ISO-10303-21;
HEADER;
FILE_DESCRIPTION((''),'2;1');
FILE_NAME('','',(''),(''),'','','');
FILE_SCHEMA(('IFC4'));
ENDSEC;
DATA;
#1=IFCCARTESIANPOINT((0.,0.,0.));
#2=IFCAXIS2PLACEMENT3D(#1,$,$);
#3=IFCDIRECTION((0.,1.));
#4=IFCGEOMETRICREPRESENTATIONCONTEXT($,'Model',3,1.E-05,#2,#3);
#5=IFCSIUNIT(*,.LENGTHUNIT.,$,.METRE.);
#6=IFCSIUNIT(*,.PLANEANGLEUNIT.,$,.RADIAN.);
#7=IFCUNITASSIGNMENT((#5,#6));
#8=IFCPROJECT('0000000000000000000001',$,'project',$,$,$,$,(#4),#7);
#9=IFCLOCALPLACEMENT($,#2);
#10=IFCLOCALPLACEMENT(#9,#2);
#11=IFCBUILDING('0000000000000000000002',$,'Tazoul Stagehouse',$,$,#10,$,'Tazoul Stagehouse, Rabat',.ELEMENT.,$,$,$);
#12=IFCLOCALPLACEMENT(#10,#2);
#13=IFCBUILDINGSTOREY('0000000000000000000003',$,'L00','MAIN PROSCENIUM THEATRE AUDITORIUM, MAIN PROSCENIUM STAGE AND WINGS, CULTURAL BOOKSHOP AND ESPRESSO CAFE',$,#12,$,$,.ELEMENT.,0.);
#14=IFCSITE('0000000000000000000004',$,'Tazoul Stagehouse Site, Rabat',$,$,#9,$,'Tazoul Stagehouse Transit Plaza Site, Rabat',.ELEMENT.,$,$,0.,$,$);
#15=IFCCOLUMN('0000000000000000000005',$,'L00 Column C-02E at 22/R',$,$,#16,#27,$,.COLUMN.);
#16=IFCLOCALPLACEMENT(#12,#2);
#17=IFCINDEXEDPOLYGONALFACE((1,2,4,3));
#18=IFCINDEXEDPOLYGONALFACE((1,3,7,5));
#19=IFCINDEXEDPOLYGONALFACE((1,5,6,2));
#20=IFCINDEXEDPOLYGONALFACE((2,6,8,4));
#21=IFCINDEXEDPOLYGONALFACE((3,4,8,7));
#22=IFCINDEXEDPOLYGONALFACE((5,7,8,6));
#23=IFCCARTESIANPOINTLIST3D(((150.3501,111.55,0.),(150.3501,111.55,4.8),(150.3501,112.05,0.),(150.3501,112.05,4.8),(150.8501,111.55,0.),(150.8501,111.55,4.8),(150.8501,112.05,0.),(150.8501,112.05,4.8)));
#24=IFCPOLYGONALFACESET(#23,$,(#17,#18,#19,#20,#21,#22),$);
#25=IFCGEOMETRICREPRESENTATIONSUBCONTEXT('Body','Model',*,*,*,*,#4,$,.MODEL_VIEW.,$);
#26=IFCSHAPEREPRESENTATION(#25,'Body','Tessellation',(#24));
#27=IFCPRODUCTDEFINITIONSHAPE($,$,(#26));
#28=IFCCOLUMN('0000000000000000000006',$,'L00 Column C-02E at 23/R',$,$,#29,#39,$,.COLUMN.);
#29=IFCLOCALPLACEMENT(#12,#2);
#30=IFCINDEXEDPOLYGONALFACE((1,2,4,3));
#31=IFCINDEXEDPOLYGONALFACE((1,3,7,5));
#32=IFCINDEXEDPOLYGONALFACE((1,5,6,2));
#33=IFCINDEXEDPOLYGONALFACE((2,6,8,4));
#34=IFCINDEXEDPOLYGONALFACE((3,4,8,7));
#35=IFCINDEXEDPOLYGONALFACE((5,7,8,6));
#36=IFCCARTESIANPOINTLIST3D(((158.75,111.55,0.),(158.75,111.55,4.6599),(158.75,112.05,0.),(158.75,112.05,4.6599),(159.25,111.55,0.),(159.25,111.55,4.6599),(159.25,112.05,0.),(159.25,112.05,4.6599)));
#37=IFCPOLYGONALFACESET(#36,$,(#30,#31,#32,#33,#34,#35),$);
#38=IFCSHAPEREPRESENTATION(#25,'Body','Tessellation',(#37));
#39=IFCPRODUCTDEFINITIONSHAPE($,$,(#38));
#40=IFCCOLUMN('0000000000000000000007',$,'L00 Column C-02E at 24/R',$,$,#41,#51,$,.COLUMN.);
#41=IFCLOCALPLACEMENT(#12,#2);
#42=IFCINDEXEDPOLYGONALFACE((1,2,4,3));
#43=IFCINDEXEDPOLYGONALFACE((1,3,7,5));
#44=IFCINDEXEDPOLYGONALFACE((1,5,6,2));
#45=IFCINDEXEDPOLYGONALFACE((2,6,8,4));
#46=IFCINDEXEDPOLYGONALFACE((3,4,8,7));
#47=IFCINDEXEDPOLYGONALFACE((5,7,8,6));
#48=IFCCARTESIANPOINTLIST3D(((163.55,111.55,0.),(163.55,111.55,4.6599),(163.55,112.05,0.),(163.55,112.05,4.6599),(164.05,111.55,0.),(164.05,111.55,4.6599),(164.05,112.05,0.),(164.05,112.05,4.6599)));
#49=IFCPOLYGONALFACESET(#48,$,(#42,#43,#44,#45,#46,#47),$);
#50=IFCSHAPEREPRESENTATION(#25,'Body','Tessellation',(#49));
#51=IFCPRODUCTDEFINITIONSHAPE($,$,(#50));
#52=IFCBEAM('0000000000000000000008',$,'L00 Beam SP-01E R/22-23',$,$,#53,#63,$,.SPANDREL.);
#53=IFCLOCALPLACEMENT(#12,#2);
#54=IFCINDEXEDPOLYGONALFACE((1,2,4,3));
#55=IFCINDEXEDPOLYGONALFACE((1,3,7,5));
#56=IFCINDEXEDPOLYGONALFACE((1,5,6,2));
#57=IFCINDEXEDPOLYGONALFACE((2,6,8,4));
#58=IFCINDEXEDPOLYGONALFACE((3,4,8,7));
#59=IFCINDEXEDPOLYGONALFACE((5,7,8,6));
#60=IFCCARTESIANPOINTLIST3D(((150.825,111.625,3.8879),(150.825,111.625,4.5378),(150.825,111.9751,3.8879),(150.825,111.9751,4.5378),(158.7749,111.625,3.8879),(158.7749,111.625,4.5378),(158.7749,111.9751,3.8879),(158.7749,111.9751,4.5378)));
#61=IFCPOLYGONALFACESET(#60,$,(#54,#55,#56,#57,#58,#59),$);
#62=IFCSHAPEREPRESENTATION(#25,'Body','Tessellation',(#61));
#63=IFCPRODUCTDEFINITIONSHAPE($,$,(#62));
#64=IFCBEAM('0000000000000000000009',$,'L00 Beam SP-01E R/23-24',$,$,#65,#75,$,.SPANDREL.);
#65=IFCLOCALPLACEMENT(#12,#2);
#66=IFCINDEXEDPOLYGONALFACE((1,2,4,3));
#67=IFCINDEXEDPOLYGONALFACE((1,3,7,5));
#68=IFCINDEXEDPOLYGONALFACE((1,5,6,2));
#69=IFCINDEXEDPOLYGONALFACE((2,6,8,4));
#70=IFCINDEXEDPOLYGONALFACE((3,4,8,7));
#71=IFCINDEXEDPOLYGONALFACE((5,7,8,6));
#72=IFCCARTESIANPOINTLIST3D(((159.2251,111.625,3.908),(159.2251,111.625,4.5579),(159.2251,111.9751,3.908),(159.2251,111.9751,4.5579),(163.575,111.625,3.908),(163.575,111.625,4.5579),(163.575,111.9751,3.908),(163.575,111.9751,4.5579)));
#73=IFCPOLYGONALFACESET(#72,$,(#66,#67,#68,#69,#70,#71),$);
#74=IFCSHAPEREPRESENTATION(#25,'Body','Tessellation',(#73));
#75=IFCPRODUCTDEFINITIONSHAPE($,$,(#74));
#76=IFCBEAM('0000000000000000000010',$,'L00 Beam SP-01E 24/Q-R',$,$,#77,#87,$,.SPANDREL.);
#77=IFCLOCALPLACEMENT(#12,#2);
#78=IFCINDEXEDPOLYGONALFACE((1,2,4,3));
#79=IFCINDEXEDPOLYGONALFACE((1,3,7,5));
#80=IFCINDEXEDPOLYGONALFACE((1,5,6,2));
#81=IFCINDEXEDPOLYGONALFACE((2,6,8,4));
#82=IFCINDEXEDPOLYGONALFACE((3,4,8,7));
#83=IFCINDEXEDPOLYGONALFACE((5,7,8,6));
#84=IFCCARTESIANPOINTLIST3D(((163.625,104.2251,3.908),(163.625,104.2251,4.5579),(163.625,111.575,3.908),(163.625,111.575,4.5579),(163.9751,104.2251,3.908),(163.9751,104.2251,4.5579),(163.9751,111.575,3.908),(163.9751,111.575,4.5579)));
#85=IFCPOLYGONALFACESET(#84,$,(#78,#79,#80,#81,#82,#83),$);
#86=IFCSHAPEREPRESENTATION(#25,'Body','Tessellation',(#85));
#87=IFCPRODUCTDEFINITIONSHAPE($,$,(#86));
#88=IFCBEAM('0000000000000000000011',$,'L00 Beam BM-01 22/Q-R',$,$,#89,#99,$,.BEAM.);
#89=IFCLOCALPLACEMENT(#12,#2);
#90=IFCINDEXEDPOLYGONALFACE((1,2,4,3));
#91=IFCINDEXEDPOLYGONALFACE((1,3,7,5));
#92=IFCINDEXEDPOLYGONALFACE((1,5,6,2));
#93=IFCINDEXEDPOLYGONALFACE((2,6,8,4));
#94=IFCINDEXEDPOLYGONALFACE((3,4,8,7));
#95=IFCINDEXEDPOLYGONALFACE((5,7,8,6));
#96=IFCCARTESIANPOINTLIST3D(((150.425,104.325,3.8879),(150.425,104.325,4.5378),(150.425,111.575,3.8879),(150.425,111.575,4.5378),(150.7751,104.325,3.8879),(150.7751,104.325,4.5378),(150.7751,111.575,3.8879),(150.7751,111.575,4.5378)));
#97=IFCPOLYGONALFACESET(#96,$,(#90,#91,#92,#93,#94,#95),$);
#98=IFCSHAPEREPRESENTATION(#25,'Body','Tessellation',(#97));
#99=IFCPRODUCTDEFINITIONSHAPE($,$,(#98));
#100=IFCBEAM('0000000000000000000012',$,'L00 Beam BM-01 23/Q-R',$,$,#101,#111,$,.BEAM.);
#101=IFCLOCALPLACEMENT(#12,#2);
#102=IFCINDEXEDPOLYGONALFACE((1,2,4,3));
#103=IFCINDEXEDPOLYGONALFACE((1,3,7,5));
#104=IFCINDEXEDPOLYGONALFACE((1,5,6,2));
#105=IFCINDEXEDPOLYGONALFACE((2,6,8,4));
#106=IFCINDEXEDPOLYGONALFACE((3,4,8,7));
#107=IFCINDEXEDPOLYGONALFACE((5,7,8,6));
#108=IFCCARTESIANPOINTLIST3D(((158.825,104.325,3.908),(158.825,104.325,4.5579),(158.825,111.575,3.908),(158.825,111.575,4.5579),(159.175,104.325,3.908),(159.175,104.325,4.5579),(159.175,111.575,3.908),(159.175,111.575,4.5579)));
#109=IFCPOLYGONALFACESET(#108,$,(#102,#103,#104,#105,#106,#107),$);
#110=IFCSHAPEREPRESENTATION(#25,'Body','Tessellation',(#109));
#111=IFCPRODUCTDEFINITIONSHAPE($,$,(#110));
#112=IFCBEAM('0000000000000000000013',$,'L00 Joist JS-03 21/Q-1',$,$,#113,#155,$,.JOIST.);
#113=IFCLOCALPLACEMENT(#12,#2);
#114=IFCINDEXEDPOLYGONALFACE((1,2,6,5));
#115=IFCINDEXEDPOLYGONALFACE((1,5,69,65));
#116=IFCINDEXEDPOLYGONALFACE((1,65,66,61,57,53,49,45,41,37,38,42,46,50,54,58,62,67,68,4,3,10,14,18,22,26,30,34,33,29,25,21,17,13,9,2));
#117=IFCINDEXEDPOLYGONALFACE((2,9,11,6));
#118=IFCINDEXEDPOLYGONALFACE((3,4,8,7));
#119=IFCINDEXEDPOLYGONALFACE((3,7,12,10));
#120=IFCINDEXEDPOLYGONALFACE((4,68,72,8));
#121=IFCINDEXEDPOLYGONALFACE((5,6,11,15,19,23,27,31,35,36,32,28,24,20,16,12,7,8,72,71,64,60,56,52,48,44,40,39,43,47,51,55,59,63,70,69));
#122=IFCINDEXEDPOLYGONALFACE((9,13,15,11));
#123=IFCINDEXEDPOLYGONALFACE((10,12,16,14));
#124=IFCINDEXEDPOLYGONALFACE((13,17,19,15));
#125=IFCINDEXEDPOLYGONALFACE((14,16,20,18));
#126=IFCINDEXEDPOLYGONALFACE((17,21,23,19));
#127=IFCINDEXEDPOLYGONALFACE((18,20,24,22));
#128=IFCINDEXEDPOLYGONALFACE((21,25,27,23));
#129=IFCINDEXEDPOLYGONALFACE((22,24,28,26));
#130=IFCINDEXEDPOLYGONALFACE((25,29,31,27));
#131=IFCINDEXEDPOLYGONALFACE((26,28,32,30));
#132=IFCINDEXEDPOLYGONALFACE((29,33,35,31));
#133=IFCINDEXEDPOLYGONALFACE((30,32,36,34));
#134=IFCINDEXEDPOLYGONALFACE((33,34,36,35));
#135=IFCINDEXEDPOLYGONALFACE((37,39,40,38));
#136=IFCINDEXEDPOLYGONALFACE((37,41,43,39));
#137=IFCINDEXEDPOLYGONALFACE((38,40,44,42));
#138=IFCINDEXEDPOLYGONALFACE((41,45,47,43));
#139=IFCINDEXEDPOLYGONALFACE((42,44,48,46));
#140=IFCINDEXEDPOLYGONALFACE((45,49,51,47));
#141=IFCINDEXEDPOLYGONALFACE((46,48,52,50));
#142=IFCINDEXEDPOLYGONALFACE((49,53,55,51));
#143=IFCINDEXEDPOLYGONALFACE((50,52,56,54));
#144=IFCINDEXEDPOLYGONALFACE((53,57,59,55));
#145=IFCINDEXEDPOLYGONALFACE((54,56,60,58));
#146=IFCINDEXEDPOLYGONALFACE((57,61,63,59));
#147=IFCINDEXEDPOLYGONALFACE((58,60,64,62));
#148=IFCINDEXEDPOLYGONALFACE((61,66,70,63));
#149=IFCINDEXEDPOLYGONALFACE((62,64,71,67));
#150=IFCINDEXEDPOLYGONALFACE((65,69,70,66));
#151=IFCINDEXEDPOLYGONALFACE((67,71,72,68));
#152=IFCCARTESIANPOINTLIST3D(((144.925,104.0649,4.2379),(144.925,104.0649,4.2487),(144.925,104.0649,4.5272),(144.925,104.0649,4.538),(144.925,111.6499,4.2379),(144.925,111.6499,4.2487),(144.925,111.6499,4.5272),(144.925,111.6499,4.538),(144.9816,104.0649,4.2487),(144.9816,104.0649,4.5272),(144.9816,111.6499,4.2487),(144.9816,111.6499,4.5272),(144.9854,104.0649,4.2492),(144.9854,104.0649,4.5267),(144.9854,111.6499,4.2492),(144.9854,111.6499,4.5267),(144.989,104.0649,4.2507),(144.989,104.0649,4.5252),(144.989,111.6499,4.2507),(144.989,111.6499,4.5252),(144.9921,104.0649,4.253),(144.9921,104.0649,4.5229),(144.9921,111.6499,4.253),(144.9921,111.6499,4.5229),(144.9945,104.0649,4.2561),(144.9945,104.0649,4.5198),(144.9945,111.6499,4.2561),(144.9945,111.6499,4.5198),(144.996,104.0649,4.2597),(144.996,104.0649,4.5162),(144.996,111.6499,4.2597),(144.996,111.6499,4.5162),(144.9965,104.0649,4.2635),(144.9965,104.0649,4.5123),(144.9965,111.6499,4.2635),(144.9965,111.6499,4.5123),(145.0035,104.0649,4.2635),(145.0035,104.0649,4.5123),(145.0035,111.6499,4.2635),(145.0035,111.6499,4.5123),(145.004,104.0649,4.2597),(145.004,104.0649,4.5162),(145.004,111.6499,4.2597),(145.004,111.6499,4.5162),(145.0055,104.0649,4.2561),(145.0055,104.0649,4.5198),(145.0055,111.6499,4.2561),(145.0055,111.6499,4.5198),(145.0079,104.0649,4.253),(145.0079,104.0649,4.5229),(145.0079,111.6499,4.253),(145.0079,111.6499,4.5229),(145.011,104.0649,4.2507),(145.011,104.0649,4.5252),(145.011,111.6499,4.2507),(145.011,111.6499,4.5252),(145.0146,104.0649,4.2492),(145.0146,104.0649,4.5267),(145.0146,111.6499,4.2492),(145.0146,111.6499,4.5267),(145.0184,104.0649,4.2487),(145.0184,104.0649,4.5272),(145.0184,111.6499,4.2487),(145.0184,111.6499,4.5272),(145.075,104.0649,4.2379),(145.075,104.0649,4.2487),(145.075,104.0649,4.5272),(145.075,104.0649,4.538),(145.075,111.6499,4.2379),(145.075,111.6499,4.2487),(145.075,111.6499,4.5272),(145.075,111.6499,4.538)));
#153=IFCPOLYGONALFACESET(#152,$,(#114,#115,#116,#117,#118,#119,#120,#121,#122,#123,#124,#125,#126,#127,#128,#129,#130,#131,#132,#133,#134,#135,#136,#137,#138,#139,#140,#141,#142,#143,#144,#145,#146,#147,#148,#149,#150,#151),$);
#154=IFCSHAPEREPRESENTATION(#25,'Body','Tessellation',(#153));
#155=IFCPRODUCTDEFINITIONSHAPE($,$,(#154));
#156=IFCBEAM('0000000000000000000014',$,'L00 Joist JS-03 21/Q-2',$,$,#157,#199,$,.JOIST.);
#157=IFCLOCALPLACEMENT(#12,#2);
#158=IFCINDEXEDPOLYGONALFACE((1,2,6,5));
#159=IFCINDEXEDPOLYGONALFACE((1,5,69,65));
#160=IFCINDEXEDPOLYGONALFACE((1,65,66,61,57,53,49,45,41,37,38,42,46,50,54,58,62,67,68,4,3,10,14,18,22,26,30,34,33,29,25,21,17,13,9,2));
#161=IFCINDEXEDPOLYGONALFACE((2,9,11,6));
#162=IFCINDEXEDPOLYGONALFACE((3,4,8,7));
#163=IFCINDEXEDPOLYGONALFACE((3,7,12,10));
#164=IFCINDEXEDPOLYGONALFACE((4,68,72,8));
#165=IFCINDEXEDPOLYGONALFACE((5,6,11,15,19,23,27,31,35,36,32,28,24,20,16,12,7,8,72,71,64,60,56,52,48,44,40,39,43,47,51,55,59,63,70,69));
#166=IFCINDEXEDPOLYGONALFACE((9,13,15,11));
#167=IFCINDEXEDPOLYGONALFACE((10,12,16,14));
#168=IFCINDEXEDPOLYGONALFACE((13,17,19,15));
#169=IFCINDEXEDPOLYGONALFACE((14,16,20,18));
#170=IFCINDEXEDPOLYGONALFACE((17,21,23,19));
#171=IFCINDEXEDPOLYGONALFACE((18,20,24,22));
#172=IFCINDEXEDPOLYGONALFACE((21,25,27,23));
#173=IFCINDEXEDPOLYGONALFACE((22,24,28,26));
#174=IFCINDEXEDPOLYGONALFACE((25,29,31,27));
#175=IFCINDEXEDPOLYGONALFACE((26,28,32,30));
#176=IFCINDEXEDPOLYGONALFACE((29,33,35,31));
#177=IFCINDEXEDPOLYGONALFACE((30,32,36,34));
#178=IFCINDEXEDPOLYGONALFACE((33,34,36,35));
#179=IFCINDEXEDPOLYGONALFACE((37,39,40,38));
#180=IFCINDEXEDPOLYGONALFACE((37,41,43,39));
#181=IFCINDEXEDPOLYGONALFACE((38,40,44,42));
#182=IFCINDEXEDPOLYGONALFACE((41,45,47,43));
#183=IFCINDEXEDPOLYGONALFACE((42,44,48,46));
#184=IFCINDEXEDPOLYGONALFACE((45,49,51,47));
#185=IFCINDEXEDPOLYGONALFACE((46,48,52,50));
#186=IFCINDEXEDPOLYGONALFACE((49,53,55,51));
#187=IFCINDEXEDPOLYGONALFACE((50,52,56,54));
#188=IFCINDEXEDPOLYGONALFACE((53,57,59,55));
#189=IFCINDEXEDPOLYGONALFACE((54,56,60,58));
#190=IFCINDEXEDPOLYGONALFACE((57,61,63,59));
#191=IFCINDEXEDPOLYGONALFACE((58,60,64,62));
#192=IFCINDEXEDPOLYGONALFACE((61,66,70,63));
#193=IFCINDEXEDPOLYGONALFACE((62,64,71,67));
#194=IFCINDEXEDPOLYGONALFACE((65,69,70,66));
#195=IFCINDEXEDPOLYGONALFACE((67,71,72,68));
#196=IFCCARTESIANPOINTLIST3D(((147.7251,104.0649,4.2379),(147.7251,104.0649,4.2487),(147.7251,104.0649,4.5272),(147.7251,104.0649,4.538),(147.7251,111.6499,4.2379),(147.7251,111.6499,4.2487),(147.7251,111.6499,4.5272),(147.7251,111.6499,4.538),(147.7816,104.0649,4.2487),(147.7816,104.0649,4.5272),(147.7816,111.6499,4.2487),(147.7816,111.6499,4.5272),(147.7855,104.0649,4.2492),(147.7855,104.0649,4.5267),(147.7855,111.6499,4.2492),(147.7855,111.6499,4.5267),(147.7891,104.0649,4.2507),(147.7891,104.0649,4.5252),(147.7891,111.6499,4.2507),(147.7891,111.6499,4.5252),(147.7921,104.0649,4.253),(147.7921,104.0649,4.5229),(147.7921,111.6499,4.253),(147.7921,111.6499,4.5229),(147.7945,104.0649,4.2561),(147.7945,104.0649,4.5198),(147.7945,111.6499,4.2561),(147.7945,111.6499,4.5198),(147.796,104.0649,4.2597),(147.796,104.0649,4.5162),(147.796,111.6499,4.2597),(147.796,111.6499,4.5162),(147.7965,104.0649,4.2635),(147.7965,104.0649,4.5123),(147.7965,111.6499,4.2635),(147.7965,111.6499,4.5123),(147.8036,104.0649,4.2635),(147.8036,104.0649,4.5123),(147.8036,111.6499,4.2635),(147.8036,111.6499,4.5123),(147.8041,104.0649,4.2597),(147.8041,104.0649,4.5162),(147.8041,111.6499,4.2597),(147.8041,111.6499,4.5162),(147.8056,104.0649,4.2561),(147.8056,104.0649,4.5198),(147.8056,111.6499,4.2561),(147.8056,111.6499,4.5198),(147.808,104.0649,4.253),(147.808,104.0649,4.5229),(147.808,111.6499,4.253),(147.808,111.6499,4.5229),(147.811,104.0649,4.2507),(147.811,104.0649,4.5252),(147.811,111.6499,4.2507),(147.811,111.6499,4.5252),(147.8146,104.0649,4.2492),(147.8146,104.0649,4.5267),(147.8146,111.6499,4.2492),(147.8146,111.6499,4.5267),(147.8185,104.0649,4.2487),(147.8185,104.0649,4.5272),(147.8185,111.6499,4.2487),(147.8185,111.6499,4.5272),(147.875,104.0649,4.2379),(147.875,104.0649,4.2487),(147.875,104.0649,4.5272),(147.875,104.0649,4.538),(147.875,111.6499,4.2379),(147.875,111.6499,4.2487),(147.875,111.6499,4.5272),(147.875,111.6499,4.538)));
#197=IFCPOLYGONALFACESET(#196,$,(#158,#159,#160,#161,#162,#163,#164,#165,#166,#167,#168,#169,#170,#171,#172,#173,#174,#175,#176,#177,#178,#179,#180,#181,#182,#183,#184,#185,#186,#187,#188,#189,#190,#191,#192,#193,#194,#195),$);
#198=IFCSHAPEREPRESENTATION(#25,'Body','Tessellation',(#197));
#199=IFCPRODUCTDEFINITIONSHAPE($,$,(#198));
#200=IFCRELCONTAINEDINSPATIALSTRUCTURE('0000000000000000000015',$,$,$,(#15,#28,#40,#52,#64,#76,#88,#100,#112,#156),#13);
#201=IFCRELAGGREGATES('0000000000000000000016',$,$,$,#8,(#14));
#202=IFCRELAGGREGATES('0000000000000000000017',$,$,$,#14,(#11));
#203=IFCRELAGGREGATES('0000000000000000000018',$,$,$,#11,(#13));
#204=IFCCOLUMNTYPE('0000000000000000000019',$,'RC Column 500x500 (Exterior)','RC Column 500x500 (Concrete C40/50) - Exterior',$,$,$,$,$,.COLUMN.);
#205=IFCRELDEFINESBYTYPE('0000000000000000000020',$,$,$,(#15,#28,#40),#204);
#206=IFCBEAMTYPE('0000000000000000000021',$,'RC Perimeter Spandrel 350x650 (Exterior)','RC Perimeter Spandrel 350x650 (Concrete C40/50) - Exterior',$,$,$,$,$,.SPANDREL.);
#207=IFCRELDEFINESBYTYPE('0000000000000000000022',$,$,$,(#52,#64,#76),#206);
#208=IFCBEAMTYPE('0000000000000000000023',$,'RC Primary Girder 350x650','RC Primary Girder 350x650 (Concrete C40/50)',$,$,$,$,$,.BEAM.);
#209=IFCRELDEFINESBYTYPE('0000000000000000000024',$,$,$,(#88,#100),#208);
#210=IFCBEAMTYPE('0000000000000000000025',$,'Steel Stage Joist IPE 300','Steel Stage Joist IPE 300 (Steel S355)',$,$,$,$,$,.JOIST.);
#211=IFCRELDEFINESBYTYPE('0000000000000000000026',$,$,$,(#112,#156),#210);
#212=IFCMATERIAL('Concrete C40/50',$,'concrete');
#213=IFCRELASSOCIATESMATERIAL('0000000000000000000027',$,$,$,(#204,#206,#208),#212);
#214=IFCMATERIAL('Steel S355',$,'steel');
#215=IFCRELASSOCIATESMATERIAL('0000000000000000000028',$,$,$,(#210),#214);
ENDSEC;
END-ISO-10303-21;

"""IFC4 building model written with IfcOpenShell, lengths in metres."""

from ifc_helpers import new_model, si_unit, direction, frame, origin, origin_2d, place, context, subcontext, project, spatial, rectangle, i_section, extrude, material, material_profile, profile_set, type_object, element, save


model = new_model("IFC4")

# Units and contexts
model_context = context("Model", 3, precision=1e-05, world=origin(), true_north=direction((0.0, 1.0)))
body_context = subcontext(model_context, "Body", "Model", "MODEL_VIEW")
ifc_project = project(units=[si_unit("LENGTHUNIT", "METRE"), si_unit("PLANEANGLEUNIT", "RADIAN")], contexts=[model_context])

# Site, building, storey
site_placement = place(None, origin())
site = spatial("IfcSite", under=ifc_project, at=site_placement, Name="Tazoul Stagehouse Site, Rabat", LongName="Tazoul Stagehouse Transit Plaza Site, Rabat", CompositionType="ELEMENT", RefElevation=0.0)
building_placement = place(site_placement, origin())
building = spatial("IfcBuilding", under=site, at=building_placement, Name="Tazoul Stagehouse", LongName="Tazoul Stagehouse, Rabat", CompositionType="ELEMENT")
storey_placement = place(building_placement, origin())
storey = spatial("IfcBuildingStorey", under=building, at=storey_placement, Name="L00", Description="MAIN PROSCENIUM THEATRE AUDITORIUM, MAIN PROSCENIUM STAGE AND WINGS, CULTURAL BOOKSHOP AND ESPRESSO CAFE", CompositionType="ELEMENT", Elevation=0.0)

# Columns
ifc_material_1 = material(Name="Concrete C40/50", Category="concrete")
ifc_material_profile_1 = material_profile(ifc_material_1, rectangle(XDim=0.5, YDim=0.5, at=origin_2d()), Name="RC 500x500")
ifc_profile_set_1 = profile_set([ifc_material_profile_1], Name="Concrete C40/50")
column_type = type_object("IfcColumnType", Name="RC Column 500x500 (Exterior)", Description="RC Column 500x500 (Concrete C40/50) - Exterior", PredefinedType="COLUMN", material=ifc_profile_set_1)
column_placement = place(storey_placement, frame((150.6001, 111.8, 0.0), z_axis=(0.0, 0.0, 1.0), x_axis=(1.0, 0.0, 0.0)))
element("IfcColumn", 1, at=column_placement, inside=storey, type_object=column_type, Name="L00 Column C-02E at 22/R", PredefinedType="COLUMN", context=body_context, shape_type="SweptSolid", body=[
    extrude(rectangle(XDim=0.5, YDim=0.5, at=origin_2d()), origin(), (0.0, 0.0, 1.0), 4.8),
])
for number, where, z_axis, x_axis, name in (
    (2, (159.0, 111.8, 0.0), (0.0, 0.0, 1.0), (1.0, 0.0, 0.0), "L00 Column C-02E at 23/R"),
    (3, (163.8, 111.8, 0.0), (0.0, 0.0, 1.0), (1.0, 0.0, 0.0), "L00 Column C-02E at 24/R"),
):
    element("IfcColumn", number, at=place(storey_placement, frame(where, z_axis=z_axis, x_axis=x_axis)), inside=storey, type_object=column_type, Name=name, PredefinedType="COLUMN", context=body_context, shape_type="SweptSolid", body=[
        extrude(rectangle(XDim=0.5, YDim=0.5, at=origin_2d()), origin(), (0.0, 0.0, 1.0), 4.6599),
    ])

# Beams
ifc_material_profile_2 = material_profile(ifc_material_1, rectangle(XDim=0.3501, YDim=0.6499, at=origin_2d()), Name="RC 350x650")
ifc_profile_set_2 = profile_set([ifc_material_profile_2], Name="Concrete C40/50")
beam_type_1 = type_object("IfcBeamType", Name="RC Perimeter Spandrel 350x650 (Exterior)", Description="RC Perimeter Spandrel 350x650 (Concrete C40/50) - Exterior", PredefinedType="SPANDREL", material=ifc_profile_set_2)
beam_1_placement = place(storey_placement, frame((150.825, 111.8, 4.2129), z_axis=(1.0, 0.0, 0.0), x_axis=(0.0, 1.0, 0.0)))
element("IfcBeam", 4, at=beam_1_placement, inside=storey, type_object=beam_type_1, Name="L00 Beam SP-01E R/22-23", PredefinedType="SPANDREL", context=body_context, shape_type="SweptSolid", body=[
    extrude(rectangle(XDim=0.3501, YDim=0.6499, at=origin_2d()), origin(), (0.0, 0.0, 1.0), 7.95),
])
beam_2_placement = place(storey_placement, frame((159.2251, 111.8, 4.2329), z_axis=(1.0, 0.0, 0.0), x_axis=(0.0, 1.0, 0.0)))
element("IfcBeam", 5, at=beam_2_placement, inside=storey, type_object=beam_type_1, Name="L00 Beam SP-01E R/23-24", PredefinedType="SPANDREL", context=body_context, shape_type="SweptSolid", body=[
    extrude(rectangle(XDim=0.3501, YDim=0.6499, at=origin_2d()), origin(), (0.0, 0.0, 1.0), 4.3499),
])
beam_3_placement = place(storey_placement, frame((163.8, 104.2251, 4.2329), z_axis=(0.0, 1.0, 0.0), x_axis=(-1.0, 0.0, 0.0)))
element("IfcBeam", 6, at=beam_3_placement, inside=storey, type_object=beam_type_1, Name="L00 Beam SP-01E 24/Q-R", PredefinedType="SPANDREL", context=body_context, shape_type="SweptSolid", body=[
    extrude(rectangle(XDim=0.3501, YDim=0.6499, at=origin_2d()), origin(), (0.0, 0.0, 1.0), 7.3499),
])
ifc_material_profile_3 = material_profile(ifc_material_1, rectangle(XDim=0.3501, YDim=0.6499, at=origin_2d()), Name="RC 350x650")
ifc_profile_set_3 = profile_set([ifc_material_profile_3], Name="Concrete C40/50")
beam_type_2 = type_object("IfcBeamType", Name="RC Primary Girder 350x650", Description="RC Primary Girder 350x650 (Concrete C40/50)", PredefinedType="BEAM", material=ifc_profile_set_3)
for number, where, z_axis, x_axis, name in (
    (7, (150.6001, 104.325, 4.2129), (0.0, 1.0, 0.0), (-1.0, 0.0, 0.0), "L00 Beam BM-01 22/Q-R"),
    (8, (159.0, 104.325, 4.2329), (0.0, 1.0, 0.0), (-1.0, 0.0, 0.0), "L00 Beam BM-01 23/Q-R"),
):
    element("IfcBeam", number, at=place(storey_placement, frame(where, z_axis=z_axis, x_axis=x_axis)), inside=storey, type_object=beam_type_2, Name=name, PredefinedType="BEAM", context=body_context, shape_type="SweptSolid", body=[
        extrude(rectangle(XDim=0.3501, YDim=0.6499, at=origin_2d()), origin(), (0.0, 0.0, 1.0), 7.25),
    ])
ifc_material_2 = material(Name="Steel S355", Category="steel")
ifc_material_profile_4 = material_profile(ifc_material_2, i_section(OverallWidth=0.1499, OverallDepth=0.3, WebThickness=0.0071, FlangeThickness=0.0107, FilletRadius=0.0149, at=origin_2d()), Name="IPE 300")
ifc_profile_set_4 = profile_set([ifc_material_profile_4], Name="Steel S355")
beam_type_3 = type_object("IfcBeamType", Name="Steel Stage Joist IPE 300", Description="Steel Stage Joist IPE 300 (Steel S355)", PredefinedType="JOIST", material=ifc_profile_set_4)
for number, where, z_axis, x_axis, name in (
    (9, (145.0, 104.0649, 4.3879), (0.0, 1.0, 0.0), (-1.0, 0.0, 0.0), "L00 Joist JS-03 21/Q-1"),
    (10, (147.8, 104.0649, 4.3879), (0.0, 1.0, 0.0), (-1.0, 0.0, 0.0), "L00 Joist JS-03 21/Q-2"),
):
    element("IfcBeam", number, at=place(storey_placement, frame(where, z_axis=z_axis, x_axis=x_axis)), inside=storey, type_object=beam_type_3, Name=name, PredefinedType="JOIST", context=body_context, shape_type="SweptSolid", body=[
        extrude(i_section(OverallWidth=0.1499, OverallDepth=0.3, WebThickness=0.0071, FlangeThickness=0.0107, FilletRadius=0.0149, at=origin_2d()), origin(), (0.0, 0.0, 1.0), 7.585),
    ])

save(model, "model.ifc")
